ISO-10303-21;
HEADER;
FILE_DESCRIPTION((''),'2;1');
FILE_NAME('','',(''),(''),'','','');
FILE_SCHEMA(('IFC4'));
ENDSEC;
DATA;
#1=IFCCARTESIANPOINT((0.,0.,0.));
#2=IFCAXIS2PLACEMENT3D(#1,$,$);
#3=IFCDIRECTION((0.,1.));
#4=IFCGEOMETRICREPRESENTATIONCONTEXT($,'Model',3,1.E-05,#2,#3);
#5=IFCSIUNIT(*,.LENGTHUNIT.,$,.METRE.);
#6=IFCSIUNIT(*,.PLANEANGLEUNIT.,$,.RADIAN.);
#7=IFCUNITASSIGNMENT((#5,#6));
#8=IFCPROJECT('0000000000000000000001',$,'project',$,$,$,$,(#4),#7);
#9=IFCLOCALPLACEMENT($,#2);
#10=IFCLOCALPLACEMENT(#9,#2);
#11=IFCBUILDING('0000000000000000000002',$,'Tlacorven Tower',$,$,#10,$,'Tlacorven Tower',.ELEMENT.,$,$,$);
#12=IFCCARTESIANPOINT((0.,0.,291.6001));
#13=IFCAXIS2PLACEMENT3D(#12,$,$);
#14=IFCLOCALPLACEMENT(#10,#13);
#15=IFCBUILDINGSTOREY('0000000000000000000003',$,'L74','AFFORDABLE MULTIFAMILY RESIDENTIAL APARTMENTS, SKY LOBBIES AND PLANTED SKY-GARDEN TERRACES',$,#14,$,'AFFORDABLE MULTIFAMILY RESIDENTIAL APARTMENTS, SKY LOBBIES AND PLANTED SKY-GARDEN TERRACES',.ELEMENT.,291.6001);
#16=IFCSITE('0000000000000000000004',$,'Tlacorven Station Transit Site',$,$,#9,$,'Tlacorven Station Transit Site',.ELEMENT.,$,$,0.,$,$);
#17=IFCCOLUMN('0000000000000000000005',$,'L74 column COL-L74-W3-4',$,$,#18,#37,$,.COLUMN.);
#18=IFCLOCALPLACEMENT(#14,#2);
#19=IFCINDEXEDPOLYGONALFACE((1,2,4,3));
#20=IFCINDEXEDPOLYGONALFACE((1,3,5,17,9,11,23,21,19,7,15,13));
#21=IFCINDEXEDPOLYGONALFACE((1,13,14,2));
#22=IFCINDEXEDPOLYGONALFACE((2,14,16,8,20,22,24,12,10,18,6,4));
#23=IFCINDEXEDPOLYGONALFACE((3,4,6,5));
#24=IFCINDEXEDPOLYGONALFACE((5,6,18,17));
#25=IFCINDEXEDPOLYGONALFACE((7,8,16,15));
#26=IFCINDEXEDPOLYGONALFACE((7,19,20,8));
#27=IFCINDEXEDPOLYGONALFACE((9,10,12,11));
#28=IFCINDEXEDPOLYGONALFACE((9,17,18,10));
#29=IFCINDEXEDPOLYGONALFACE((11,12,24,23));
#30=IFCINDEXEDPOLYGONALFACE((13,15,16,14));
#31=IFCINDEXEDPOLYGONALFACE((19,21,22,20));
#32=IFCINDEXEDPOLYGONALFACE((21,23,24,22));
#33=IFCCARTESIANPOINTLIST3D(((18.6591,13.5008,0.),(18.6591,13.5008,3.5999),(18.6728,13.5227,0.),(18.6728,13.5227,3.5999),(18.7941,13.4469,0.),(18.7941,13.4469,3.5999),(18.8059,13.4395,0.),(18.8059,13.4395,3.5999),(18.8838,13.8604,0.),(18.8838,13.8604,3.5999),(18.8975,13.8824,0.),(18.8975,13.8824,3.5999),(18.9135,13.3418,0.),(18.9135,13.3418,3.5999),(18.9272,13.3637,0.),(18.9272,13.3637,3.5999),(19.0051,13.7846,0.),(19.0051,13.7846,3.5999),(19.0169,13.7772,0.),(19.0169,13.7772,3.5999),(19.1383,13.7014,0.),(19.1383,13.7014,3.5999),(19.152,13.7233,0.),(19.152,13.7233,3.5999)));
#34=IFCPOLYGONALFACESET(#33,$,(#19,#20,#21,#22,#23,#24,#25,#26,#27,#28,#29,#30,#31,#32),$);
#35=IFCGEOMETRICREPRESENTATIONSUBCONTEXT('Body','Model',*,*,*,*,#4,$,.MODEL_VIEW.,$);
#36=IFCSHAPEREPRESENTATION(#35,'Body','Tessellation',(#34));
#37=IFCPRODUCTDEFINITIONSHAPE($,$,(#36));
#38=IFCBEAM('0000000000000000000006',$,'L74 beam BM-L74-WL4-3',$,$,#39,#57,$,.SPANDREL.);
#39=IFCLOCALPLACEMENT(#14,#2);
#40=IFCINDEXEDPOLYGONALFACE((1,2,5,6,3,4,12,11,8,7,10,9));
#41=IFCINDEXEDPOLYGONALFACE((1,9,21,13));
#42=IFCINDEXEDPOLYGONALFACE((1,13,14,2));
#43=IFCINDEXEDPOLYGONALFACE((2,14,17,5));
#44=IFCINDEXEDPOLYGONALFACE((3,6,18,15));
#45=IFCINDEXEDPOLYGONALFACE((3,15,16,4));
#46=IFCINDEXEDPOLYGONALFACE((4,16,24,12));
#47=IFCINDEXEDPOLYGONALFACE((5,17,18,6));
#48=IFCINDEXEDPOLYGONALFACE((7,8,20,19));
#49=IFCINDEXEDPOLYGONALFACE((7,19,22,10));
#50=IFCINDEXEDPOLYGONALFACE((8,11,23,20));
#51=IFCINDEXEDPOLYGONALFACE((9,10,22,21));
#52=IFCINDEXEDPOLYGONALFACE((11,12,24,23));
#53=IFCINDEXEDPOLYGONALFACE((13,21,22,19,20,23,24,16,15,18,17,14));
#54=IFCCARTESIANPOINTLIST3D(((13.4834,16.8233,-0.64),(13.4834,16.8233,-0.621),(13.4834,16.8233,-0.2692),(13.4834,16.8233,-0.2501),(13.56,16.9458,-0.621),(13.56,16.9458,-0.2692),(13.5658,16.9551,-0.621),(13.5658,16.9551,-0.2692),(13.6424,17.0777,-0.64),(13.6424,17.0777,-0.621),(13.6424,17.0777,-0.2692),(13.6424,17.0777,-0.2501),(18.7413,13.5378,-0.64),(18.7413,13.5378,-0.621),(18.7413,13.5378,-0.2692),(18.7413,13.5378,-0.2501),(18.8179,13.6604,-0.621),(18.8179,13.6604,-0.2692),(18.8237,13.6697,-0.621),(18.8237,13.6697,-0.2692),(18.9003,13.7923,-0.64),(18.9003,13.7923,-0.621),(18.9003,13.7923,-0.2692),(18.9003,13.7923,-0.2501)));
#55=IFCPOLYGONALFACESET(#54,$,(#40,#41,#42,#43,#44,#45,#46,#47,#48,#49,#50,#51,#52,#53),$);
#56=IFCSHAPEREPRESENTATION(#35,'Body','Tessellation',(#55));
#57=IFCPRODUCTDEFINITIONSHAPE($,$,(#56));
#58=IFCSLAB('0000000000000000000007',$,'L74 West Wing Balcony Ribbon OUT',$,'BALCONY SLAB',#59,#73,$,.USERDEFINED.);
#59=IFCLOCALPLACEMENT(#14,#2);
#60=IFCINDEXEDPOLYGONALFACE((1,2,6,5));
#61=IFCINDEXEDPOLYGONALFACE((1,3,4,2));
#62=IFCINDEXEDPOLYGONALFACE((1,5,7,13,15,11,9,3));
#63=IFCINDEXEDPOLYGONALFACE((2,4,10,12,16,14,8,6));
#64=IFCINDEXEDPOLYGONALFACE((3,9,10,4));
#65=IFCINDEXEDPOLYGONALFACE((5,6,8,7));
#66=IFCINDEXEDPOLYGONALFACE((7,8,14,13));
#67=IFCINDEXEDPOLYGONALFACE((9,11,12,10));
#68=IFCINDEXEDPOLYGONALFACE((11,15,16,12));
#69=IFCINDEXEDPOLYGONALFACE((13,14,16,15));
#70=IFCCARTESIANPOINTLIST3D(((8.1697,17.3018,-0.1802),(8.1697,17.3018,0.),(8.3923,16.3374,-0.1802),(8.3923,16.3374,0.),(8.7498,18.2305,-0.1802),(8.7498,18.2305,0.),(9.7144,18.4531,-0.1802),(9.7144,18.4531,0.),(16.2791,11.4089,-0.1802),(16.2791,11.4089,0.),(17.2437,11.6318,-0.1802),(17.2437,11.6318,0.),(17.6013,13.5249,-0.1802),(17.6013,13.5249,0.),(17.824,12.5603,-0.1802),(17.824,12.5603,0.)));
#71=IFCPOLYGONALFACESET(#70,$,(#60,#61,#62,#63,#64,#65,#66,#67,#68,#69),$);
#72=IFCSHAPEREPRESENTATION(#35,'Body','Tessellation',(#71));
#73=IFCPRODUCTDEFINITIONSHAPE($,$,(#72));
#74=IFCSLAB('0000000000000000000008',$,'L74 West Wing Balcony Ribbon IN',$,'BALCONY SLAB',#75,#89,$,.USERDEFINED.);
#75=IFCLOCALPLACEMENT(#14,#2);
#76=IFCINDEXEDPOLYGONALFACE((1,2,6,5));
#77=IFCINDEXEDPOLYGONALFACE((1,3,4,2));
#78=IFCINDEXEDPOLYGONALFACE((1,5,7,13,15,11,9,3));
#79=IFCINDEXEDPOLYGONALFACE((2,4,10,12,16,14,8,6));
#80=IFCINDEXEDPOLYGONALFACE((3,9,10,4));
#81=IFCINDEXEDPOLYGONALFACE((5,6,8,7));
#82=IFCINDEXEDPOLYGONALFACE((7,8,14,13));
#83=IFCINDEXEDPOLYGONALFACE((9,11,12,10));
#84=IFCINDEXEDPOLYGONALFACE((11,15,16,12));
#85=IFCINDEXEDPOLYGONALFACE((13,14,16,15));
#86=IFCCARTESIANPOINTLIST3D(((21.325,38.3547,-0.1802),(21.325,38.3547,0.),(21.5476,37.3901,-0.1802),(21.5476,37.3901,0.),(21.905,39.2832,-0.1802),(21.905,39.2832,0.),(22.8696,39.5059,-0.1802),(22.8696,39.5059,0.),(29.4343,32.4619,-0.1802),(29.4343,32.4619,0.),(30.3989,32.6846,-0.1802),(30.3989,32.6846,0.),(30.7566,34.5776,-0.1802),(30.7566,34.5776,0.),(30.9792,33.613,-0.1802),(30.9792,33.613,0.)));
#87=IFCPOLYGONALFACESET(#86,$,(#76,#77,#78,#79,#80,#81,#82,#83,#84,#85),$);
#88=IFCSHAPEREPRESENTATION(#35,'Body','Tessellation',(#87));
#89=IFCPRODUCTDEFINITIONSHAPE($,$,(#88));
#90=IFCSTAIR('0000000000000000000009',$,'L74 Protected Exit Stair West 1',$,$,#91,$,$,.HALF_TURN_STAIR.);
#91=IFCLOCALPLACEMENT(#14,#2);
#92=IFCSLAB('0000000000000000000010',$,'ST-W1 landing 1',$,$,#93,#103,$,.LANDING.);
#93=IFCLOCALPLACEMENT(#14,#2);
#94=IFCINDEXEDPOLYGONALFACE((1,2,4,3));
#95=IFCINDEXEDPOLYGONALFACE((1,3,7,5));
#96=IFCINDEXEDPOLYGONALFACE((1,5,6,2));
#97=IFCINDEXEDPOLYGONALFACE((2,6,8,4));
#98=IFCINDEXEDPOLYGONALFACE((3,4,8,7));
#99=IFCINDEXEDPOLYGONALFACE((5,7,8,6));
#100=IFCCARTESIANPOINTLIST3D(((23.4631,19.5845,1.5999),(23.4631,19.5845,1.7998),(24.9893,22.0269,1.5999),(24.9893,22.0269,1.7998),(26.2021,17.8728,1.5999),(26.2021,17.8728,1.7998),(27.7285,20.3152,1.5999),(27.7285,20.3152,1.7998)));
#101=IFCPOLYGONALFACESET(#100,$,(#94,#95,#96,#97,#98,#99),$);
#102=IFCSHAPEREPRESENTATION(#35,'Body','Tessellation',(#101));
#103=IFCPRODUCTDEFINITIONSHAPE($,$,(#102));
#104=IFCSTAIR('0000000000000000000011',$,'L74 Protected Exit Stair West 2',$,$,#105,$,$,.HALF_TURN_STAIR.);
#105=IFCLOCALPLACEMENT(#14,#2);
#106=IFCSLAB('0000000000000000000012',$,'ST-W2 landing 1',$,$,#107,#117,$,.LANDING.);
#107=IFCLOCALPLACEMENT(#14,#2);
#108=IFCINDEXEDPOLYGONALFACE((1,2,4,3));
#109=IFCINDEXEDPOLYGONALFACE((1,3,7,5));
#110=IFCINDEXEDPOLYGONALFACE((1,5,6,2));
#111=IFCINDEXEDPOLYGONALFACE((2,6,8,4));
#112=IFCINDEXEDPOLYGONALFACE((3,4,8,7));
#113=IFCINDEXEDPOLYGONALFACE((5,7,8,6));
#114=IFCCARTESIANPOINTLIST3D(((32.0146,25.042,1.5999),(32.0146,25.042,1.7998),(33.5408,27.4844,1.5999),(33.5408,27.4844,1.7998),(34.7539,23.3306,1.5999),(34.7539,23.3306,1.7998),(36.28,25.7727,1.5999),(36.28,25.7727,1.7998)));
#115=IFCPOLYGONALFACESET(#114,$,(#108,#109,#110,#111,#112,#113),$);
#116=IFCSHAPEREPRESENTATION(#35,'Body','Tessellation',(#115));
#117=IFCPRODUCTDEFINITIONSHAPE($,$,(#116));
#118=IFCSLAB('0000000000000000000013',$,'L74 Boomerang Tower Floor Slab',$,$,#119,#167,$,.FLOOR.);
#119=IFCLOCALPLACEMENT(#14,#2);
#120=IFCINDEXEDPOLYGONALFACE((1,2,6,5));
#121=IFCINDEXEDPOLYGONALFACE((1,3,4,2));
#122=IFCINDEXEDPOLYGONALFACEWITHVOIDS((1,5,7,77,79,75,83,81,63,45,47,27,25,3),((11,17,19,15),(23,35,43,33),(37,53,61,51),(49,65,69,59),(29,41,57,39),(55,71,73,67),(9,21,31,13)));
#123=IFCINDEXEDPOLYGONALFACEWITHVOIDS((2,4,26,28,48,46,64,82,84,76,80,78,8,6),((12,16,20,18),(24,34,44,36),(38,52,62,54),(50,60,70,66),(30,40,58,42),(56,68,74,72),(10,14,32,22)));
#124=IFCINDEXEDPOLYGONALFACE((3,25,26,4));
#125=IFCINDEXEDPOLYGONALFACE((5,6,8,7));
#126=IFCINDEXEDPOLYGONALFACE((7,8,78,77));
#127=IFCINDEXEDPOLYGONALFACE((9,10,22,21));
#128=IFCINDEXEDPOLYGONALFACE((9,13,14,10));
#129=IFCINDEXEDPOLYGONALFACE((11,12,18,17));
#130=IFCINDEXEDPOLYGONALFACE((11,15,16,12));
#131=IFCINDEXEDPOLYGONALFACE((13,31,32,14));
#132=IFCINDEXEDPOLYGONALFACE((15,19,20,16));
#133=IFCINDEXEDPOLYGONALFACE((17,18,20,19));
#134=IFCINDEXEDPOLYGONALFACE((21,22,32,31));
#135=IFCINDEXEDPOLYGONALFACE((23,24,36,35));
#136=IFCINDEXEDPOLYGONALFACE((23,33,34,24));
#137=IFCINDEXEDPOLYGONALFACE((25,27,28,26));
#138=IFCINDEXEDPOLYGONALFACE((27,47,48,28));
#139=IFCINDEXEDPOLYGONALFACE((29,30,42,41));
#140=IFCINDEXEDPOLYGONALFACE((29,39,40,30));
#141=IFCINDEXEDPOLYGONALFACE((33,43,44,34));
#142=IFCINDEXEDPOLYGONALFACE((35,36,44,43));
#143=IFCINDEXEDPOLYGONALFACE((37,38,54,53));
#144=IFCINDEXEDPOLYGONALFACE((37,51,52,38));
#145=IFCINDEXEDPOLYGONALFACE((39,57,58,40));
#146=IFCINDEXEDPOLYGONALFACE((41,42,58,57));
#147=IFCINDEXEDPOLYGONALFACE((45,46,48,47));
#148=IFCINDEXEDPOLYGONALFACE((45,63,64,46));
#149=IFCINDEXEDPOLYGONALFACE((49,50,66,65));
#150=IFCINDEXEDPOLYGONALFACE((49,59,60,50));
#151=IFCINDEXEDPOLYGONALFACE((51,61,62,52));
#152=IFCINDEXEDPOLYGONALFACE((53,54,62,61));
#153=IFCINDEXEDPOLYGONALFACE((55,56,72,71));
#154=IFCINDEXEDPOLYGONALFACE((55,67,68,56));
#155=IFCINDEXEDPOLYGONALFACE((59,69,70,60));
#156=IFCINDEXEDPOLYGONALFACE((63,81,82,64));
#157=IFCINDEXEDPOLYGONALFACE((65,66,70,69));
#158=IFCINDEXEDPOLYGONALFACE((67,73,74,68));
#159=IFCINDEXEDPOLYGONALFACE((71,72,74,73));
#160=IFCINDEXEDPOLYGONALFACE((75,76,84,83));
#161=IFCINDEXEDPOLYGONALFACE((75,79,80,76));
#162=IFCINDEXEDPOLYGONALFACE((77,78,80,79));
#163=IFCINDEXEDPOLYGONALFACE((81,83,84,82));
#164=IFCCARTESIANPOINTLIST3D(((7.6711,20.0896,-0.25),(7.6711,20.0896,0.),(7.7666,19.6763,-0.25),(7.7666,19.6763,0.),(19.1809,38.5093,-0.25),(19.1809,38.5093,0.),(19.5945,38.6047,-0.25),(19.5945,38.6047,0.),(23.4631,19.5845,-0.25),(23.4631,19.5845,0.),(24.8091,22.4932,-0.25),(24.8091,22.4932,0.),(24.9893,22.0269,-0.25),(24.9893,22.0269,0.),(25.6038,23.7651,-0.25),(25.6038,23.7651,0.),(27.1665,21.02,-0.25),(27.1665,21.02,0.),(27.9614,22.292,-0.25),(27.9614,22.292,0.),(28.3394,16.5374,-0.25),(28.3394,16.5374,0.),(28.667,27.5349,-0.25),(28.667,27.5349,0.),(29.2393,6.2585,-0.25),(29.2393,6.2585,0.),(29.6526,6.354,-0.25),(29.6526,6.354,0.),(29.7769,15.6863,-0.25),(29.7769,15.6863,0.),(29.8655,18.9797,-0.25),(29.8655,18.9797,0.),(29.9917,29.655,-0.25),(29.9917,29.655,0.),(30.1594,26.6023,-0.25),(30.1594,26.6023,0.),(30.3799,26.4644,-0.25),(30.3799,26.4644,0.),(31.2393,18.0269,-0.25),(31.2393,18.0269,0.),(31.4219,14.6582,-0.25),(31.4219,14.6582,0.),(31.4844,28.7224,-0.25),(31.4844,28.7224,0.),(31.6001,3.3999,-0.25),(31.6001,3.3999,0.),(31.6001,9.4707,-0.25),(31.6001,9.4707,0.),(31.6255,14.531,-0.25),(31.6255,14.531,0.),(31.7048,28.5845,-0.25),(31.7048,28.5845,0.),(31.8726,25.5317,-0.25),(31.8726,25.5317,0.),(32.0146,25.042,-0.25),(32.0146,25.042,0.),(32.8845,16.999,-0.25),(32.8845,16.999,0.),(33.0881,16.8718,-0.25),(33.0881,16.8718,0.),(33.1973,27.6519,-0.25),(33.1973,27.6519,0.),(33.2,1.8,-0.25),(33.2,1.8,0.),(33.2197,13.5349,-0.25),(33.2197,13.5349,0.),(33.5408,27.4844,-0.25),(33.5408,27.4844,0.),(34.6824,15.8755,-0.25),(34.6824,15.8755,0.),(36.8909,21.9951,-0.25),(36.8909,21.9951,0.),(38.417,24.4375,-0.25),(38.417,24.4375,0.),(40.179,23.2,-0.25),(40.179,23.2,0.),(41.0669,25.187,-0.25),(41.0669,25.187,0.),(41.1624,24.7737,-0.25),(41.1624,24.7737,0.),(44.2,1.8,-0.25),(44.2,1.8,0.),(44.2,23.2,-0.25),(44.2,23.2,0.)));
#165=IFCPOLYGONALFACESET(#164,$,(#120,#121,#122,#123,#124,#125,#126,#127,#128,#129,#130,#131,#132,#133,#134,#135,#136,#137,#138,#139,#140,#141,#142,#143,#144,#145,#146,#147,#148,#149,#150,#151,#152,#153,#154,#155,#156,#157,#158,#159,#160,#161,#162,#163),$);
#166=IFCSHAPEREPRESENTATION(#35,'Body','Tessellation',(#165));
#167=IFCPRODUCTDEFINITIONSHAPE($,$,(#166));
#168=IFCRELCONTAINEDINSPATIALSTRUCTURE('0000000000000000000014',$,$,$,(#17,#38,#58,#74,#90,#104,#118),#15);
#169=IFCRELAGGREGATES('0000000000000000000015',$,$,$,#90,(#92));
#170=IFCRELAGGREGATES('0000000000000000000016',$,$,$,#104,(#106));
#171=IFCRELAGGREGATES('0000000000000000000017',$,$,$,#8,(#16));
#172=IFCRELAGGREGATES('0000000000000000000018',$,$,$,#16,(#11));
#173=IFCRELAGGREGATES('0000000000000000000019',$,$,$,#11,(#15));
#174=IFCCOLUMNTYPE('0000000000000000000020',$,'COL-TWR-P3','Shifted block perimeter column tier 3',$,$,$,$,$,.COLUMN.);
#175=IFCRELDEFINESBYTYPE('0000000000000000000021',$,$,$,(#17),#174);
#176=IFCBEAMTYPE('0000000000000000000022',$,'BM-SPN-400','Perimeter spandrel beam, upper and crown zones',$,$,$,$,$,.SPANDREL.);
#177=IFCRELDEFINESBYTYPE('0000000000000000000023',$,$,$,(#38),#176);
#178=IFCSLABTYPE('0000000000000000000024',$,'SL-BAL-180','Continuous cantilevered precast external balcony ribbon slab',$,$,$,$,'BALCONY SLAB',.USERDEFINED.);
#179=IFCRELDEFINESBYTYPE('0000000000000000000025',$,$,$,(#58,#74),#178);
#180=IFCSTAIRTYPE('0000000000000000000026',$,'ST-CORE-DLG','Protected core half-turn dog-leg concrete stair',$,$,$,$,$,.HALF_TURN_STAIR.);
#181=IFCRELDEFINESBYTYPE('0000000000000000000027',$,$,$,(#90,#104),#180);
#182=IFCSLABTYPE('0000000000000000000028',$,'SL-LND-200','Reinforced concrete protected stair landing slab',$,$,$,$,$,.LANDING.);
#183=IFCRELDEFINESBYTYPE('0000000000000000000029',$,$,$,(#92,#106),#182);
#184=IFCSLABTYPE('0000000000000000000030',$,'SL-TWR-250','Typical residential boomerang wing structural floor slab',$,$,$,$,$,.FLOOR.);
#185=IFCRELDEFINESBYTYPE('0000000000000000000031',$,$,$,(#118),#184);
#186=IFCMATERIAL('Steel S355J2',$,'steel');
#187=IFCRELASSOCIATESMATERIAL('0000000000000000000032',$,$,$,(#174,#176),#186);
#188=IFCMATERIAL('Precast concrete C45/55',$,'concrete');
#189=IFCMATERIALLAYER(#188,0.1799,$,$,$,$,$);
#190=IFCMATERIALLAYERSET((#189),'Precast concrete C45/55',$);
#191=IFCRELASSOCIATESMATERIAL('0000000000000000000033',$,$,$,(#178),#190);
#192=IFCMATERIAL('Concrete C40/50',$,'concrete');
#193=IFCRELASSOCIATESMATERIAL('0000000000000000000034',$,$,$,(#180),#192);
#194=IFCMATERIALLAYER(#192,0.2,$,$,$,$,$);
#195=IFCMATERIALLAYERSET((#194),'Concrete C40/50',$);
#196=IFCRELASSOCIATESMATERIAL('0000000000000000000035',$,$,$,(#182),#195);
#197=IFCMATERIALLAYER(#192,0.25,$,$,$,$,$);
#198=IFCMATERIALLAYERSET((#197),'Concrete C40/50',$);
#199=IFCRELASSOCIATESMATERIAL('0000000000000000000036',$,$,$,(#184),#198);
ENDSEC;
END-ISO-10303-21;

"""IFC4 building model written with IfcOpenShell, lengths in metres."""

from ifc_helpers import new_model, si_unit, direction, frame, origin, origin_2d, place, context, subcontext, project, spatial, polyline, i_section, outline, extrude, source, transform, mapped, material, layer, layer_set, material_profile, profile_set, type_object, element, aggregate, save


model = new_model("IFC4")

# Units and contexts
model_context = context("Model", 3, precision=1e-05, world=origin(), true_north=direction((0.0, 1.0)))
body_context = subcontext(model_context, "Body", "Model", "MODEL_VIEW")
ifc_project = project(units=[si_unit("LENGTHUNIT", "METRE"), si_unit("PLANEANGLEUNIT", "RADIAN")], contexts=[model_context])

# Site, building, storey
site_placement = place(None, origin())
site = spatial("IfcSite", under=ifc_project, at=site_placement, Name="Tlacorven Station Transit Site", LongName="Tlacorven Station Transit Site", CompositionType="ELEMENT", RefElevation=0.0)
building_placement = place(site_placement, origin())
building = spatial("IfcBuilding", under=site, at=building_placement, Name="Tlacorven Tower", LongName="Tlacorven Tower", CompositionType="ELEMENT")
storey_placement = place(building_placement, frame((0.0, 0.0, 291.6001)))
storey = spatial("IfcBuildingStorey", under=building, at=storey_placement, Name="L74", Description="AFFORDABLE MULTIFAMILY RESIDENTIAL APARTMENTS, SKY LOBBIES AND PLANTED SKY-GARDEN TERRACES", LongName="AFFORDABLE MULTIFAMILY RESIDENTIAL APARTMENTS, SKY LOBBIES AND PLANTED SKY-GARDEN TERRACES", CompositionType="ELEMENT", Elevation=291.6001)

# Column
ifc_material_1 = material(Name="Steel S355J2", Category="steel")
ifc_material_profile_1 = material_profile(ifc_material_1, i_section(OverallWidth=0.3, OverallDepth=0.45, WebThickness=0.0139, FlangeThickness=0.0259, at=origin_2d()), Name="HEB 450")
ifc_profile_set_1 = profile_set([ifc_material_profile_1], Name="Steel S355J2")
column_type = type_object("IfcColumnType", Name="COL-TWR-P3", Description="Shifted block perimeter column tier 3", PredefinedType="COLUMN", material=ifc_profile_set_1)
shared_shape_1 = source(origin(), body_context, "Body", "SweptSolid", [
    extrude(i_section(OverallWidth=0.3, OverallDepth=0.45, WebThickness=0.0139, FlangeThickness=0.0259, at=origin_2d()), origin(), (0.0, 0.0, 1.0), 3.5999),
])
column_placement = place(storey_placement, frame((18.9055, 13.6121, 0.0), z_axis=(0.0, 0.0, 1.0), x_axis=(-0.848048, 0.529919, 0.0)))
element("IfcColumn", 1, at=column_placement, inside=storey, type_object=column_type, Name="L74 column COL-L74-W3-4", PredefinedType="COLUMN", context=body_context, shape_type="MappedRepresentation", body=[
    mapped(shared_shape_1, transform((0.0, 0.0, 0.0), scale=1.0)),
])

# Beam
ifc_material_profile_2 = material_profile(ifc_material_1, i_section(OverallWidth=0.3, OverallDepth=0.3899, WebThickness=0.011, FlangeThickness=0.019, at=origin_2d()), Name="HEA 400")
ifc_profile_set_2 = profile_set([ifc_material_profile_2], Name="Steel S355J2")
beam_type = type_object("IfcBeamType", Name="BM-SPN-400", Description="Perimeter spandrel beam, upper and crown zones", PredefinedType="SPANDREL", material=ifc_profile_set_2)
shared_shape_2 = source(origin(), body_context, "Body", "SweptSolid", [
    extrude(i_section(OverallWidth=0.3, OverallDepth=0.3899, WebThickness=0.011, FlangeThickness=0.019, at=origin_2d()), origin(), (0.0, 0.0, 1.0), 6.2),
])
beam_placement = place(storey_placement, frame((18.8208, 13.665, -0.4451), z_axis=(-0.848051, 0.529914, 0.0), x_axis=(-0.529914, -0.848051, 0.0)))
element("IfcBeam", 2, at=beam_placement, inside=storey, type_object=beam_type, Name="L74 beam BM-L74-WL4-3", PredefinedType="SPANDREL", context=body_context, shape_type="MappedRepresentation", body=[
    mapped(shared_shape_2, transform((0.0, 0.0, 0.0), scale=1.0)),
])

# Slabs
ifc_material_2 = material(Name="Precast concrete C45/55", Category="concrete")
ifc_layer_1 = layer(ifc_material_2, 0.1799)
ifc_layer_set_1 = layer_set([ifc_layer_1], Name="Precast concrete C45/55")
slab_type_1 = type_object("IfcSlabType", Name="SL-BAL-180", Description="Continuous cantilevered precast external balcony ribbon slab", ElementType="BALCONY SLAB", PredefinedType="USERDEFINED", material=ifc_layer_set_1)
slab_1_placement = place(storey_placement, frame((0.0, 0.0, -0.1802)))
element("IfcSlab", 3, at=slab_1_placement, inside=storey, type_object=slab_type_1, Name="L74 West Wing Balcony Ribbon OUT", ObjectType="BALCONY SLAB", PredefinedType="USERDEFINED", context=body_context, shape_type="SweptSolid", body=[
    extrude(outline(polyline([(17.6013, 13.5249), (9.7144, 18.4531), (8.7498, 18.2305), (8.1697, 17.3018), (8.3923, 16.3374), (16.2791, 11.4089), (17.2437, 11.6318), (17.824, 12.5603), (17.6013, 13.5249)])), origin(), (0.0, 0.0, 1.0), 0.1802),
])
slab_2_placement = place(storey_placement, frame((0.0, 0.0, -0.1802)))
element("IfcSlab", 4, at=slab_2_placement, inside=storey, type_object=slab_type_1, Name="L74 West Wing Balcony Ribbon IN", ObjectType="BALCONY SLAB", PredefinedType="USERDEFINED", context=body_context, shape_type="SweptSolid", body=[
    extrude(outline(polyline([(30.7566, 34.5776), (22.8696, 39.5059), (21.905, 39.2832), (21.325, 38.3547), (21.5476, 37.3901), (29.4343, 32.4619), (30.3989, 32.6846), (30.9792, 33.613), (30.7566, 34.5776)])), origin(), (0.0, 0.0, 1.0), 0.1802),
])

# Stairs, slabs
ifc_material_3 = material(Name="Concrete C40/50", Category="concrete")
stair_type = type_object("IfcStairType", Name="ST-CORE-DLG", Description="Protected core half-turn dog-leg concrete stair", PredefinedType="HALF_TURN_STAIR", material=ifc_material_3)
stair_1_placement = place(storey_placement, origin())
stair_1 = element("IfcStair", 5, at=stair_1_placement, inside=storey, type_object=stair_type, Name="L74 Protected Exit Stair West 1", PredefinedType="HALF_TURN_STAIR")
ifc_layer_2 = layer(ifc_material_3, 0.2)
ifc_layer_set_2 = layer_set([ifc_layer_2], Name="Concrete C40/50")
slab_type_2 = type_object("IfcSlabType", Name="SL-LND-200", Description="Reinforced concrete protected stair landing slab", PredefinedType="LANDING", material=ifc_layer_set_2)
slab_3_placement = place(storey_placement, frame((0.0, 0.0, 1.5999)))
slab_3 = element("IfcSlab", 6, at=slab_3_placement, type_object=slab_type_2, Name="ST-W1 landing 1", PredefinedType="LANDING", context=body_context, shape_type="SweptSolid", body=[
    extrude(outline(polyline([(27.7285, 20.3152), (24.9893, 22.0269), (23.4631, 19.5845), (26.2021, 17.8728), (27.7285, 20.3152)])), origin(), (0.0, 0.0, 1.0), 0.2),
])
aggregate(stair_1, [slab_3])
stair_2_placement = place(storey_placement, origin())
stair_2 = element("IfcStair", 7, at=stair_2_placement, inside=storey, type_object=stair_type, Name="L74 Protected Exit Stair West 2", PredefinedType="HALF_TURN_STAIR")
slab_4_placement = place(storey_placement, frame((0.0, 0.0, 1.5999)))
slab_4 = element("IfcSlab", 8, at=slab_4_placement, type_object=slab_type_2, Name="ST-W2 landing 1", PredefinedType="LANDING", context=body_context, shape_type="SweptSolid", body=[
    extrude(outline(polyline([(36.28, 25.7727), (33.5408, 27.4844), (32.0146, 25.042), (34.7539, 23.3306), (36.28, 25.7727)])), origin(), (0.0, 0.0, 1.0), 0.2),
])
aggregate(stair_2, [slab_4])

# Slab
ifc_layer_3 = layer(ifc_material_3, 0.25)
ifc_layer_set_3 = layer_set([ifc_layer_3], Name="Concrete C40/50")
slab_type_3 = type_object("IfcSlabType", Name="SL-TWR-250", Description="Typical residential boomerang wing structural floor slab", PredefinedType="FLOOR", material=ifc_layer_set_3)
slab_5_placement = place(storey_placement, frame((0.0, 0.0, -0.25)))
element("IfcSlab", 9, at=slab_5_placement, inside=storey, type_object=slab_type_3, Name="L74 Boomerang Tower Floor Slab", PredefinedType="FLOOR", context=body_context, shape_type="SweptSolid", body=[
    extrude(outline(polyline([(44.2, 23.2), (44.2, 1.8), (33.2, 1.8), (31.6001, 3.3999), (31.6001, 9.4707), (29.6526, 6.354), (29.2393, 6.2585), (7.7666, 19.6763), (7.6711, 20.0896), (19.1809, 38.5093), (19.5945, 38.6047), (41.0669, 25.187), (41.1624, 24.7737), (40.179, 23.2), (44.2, 23.2)]), holes=[polyline([(29.8655, 18.9797), (24.9893, 22.0269), (23.4631, 19.5845), (28.3394, 16.5374), (29.8655, 18.9797)]), polyline([(38.417, 24.4375), (33.5408, 27.4844), (32.0146, 25.042), (36.8909, 21.9951), (38.417, 24.4375)]), polyline([(34.6824, 15.8755), (33.0881, 16.8718), (31.6255, 14.531), (33.2197, 13.5349), (34.6824, 15.8755)]), polyline([(32.8845, 16.999), (31.2393, 18.0269), (29.7769, 15.6863), (31.4219, 14.6582), (32.8845, 16.999)]), polyline([(33.1973, 27.6519), (31.7048, 28.5845), (30.3799, 26.4644), (31.8726, 25.5317), (33.1973, 27.6519)]), polyline([(31.4844, 28.7224), (29.9917, 29.655), (28.667, 27.5349), (30.1594, 26.6023), (31.4844, 28.7224)]), polyline([(27.9614, 22.292), (25.6038, 23.7651), (24.8091, 22.4932), (27.1665, 21.02), (27.9614, 22.292)])]), origin(), (0.0, 0.0, 1.0), 0.25),
])

save(model, "model.ifc")
